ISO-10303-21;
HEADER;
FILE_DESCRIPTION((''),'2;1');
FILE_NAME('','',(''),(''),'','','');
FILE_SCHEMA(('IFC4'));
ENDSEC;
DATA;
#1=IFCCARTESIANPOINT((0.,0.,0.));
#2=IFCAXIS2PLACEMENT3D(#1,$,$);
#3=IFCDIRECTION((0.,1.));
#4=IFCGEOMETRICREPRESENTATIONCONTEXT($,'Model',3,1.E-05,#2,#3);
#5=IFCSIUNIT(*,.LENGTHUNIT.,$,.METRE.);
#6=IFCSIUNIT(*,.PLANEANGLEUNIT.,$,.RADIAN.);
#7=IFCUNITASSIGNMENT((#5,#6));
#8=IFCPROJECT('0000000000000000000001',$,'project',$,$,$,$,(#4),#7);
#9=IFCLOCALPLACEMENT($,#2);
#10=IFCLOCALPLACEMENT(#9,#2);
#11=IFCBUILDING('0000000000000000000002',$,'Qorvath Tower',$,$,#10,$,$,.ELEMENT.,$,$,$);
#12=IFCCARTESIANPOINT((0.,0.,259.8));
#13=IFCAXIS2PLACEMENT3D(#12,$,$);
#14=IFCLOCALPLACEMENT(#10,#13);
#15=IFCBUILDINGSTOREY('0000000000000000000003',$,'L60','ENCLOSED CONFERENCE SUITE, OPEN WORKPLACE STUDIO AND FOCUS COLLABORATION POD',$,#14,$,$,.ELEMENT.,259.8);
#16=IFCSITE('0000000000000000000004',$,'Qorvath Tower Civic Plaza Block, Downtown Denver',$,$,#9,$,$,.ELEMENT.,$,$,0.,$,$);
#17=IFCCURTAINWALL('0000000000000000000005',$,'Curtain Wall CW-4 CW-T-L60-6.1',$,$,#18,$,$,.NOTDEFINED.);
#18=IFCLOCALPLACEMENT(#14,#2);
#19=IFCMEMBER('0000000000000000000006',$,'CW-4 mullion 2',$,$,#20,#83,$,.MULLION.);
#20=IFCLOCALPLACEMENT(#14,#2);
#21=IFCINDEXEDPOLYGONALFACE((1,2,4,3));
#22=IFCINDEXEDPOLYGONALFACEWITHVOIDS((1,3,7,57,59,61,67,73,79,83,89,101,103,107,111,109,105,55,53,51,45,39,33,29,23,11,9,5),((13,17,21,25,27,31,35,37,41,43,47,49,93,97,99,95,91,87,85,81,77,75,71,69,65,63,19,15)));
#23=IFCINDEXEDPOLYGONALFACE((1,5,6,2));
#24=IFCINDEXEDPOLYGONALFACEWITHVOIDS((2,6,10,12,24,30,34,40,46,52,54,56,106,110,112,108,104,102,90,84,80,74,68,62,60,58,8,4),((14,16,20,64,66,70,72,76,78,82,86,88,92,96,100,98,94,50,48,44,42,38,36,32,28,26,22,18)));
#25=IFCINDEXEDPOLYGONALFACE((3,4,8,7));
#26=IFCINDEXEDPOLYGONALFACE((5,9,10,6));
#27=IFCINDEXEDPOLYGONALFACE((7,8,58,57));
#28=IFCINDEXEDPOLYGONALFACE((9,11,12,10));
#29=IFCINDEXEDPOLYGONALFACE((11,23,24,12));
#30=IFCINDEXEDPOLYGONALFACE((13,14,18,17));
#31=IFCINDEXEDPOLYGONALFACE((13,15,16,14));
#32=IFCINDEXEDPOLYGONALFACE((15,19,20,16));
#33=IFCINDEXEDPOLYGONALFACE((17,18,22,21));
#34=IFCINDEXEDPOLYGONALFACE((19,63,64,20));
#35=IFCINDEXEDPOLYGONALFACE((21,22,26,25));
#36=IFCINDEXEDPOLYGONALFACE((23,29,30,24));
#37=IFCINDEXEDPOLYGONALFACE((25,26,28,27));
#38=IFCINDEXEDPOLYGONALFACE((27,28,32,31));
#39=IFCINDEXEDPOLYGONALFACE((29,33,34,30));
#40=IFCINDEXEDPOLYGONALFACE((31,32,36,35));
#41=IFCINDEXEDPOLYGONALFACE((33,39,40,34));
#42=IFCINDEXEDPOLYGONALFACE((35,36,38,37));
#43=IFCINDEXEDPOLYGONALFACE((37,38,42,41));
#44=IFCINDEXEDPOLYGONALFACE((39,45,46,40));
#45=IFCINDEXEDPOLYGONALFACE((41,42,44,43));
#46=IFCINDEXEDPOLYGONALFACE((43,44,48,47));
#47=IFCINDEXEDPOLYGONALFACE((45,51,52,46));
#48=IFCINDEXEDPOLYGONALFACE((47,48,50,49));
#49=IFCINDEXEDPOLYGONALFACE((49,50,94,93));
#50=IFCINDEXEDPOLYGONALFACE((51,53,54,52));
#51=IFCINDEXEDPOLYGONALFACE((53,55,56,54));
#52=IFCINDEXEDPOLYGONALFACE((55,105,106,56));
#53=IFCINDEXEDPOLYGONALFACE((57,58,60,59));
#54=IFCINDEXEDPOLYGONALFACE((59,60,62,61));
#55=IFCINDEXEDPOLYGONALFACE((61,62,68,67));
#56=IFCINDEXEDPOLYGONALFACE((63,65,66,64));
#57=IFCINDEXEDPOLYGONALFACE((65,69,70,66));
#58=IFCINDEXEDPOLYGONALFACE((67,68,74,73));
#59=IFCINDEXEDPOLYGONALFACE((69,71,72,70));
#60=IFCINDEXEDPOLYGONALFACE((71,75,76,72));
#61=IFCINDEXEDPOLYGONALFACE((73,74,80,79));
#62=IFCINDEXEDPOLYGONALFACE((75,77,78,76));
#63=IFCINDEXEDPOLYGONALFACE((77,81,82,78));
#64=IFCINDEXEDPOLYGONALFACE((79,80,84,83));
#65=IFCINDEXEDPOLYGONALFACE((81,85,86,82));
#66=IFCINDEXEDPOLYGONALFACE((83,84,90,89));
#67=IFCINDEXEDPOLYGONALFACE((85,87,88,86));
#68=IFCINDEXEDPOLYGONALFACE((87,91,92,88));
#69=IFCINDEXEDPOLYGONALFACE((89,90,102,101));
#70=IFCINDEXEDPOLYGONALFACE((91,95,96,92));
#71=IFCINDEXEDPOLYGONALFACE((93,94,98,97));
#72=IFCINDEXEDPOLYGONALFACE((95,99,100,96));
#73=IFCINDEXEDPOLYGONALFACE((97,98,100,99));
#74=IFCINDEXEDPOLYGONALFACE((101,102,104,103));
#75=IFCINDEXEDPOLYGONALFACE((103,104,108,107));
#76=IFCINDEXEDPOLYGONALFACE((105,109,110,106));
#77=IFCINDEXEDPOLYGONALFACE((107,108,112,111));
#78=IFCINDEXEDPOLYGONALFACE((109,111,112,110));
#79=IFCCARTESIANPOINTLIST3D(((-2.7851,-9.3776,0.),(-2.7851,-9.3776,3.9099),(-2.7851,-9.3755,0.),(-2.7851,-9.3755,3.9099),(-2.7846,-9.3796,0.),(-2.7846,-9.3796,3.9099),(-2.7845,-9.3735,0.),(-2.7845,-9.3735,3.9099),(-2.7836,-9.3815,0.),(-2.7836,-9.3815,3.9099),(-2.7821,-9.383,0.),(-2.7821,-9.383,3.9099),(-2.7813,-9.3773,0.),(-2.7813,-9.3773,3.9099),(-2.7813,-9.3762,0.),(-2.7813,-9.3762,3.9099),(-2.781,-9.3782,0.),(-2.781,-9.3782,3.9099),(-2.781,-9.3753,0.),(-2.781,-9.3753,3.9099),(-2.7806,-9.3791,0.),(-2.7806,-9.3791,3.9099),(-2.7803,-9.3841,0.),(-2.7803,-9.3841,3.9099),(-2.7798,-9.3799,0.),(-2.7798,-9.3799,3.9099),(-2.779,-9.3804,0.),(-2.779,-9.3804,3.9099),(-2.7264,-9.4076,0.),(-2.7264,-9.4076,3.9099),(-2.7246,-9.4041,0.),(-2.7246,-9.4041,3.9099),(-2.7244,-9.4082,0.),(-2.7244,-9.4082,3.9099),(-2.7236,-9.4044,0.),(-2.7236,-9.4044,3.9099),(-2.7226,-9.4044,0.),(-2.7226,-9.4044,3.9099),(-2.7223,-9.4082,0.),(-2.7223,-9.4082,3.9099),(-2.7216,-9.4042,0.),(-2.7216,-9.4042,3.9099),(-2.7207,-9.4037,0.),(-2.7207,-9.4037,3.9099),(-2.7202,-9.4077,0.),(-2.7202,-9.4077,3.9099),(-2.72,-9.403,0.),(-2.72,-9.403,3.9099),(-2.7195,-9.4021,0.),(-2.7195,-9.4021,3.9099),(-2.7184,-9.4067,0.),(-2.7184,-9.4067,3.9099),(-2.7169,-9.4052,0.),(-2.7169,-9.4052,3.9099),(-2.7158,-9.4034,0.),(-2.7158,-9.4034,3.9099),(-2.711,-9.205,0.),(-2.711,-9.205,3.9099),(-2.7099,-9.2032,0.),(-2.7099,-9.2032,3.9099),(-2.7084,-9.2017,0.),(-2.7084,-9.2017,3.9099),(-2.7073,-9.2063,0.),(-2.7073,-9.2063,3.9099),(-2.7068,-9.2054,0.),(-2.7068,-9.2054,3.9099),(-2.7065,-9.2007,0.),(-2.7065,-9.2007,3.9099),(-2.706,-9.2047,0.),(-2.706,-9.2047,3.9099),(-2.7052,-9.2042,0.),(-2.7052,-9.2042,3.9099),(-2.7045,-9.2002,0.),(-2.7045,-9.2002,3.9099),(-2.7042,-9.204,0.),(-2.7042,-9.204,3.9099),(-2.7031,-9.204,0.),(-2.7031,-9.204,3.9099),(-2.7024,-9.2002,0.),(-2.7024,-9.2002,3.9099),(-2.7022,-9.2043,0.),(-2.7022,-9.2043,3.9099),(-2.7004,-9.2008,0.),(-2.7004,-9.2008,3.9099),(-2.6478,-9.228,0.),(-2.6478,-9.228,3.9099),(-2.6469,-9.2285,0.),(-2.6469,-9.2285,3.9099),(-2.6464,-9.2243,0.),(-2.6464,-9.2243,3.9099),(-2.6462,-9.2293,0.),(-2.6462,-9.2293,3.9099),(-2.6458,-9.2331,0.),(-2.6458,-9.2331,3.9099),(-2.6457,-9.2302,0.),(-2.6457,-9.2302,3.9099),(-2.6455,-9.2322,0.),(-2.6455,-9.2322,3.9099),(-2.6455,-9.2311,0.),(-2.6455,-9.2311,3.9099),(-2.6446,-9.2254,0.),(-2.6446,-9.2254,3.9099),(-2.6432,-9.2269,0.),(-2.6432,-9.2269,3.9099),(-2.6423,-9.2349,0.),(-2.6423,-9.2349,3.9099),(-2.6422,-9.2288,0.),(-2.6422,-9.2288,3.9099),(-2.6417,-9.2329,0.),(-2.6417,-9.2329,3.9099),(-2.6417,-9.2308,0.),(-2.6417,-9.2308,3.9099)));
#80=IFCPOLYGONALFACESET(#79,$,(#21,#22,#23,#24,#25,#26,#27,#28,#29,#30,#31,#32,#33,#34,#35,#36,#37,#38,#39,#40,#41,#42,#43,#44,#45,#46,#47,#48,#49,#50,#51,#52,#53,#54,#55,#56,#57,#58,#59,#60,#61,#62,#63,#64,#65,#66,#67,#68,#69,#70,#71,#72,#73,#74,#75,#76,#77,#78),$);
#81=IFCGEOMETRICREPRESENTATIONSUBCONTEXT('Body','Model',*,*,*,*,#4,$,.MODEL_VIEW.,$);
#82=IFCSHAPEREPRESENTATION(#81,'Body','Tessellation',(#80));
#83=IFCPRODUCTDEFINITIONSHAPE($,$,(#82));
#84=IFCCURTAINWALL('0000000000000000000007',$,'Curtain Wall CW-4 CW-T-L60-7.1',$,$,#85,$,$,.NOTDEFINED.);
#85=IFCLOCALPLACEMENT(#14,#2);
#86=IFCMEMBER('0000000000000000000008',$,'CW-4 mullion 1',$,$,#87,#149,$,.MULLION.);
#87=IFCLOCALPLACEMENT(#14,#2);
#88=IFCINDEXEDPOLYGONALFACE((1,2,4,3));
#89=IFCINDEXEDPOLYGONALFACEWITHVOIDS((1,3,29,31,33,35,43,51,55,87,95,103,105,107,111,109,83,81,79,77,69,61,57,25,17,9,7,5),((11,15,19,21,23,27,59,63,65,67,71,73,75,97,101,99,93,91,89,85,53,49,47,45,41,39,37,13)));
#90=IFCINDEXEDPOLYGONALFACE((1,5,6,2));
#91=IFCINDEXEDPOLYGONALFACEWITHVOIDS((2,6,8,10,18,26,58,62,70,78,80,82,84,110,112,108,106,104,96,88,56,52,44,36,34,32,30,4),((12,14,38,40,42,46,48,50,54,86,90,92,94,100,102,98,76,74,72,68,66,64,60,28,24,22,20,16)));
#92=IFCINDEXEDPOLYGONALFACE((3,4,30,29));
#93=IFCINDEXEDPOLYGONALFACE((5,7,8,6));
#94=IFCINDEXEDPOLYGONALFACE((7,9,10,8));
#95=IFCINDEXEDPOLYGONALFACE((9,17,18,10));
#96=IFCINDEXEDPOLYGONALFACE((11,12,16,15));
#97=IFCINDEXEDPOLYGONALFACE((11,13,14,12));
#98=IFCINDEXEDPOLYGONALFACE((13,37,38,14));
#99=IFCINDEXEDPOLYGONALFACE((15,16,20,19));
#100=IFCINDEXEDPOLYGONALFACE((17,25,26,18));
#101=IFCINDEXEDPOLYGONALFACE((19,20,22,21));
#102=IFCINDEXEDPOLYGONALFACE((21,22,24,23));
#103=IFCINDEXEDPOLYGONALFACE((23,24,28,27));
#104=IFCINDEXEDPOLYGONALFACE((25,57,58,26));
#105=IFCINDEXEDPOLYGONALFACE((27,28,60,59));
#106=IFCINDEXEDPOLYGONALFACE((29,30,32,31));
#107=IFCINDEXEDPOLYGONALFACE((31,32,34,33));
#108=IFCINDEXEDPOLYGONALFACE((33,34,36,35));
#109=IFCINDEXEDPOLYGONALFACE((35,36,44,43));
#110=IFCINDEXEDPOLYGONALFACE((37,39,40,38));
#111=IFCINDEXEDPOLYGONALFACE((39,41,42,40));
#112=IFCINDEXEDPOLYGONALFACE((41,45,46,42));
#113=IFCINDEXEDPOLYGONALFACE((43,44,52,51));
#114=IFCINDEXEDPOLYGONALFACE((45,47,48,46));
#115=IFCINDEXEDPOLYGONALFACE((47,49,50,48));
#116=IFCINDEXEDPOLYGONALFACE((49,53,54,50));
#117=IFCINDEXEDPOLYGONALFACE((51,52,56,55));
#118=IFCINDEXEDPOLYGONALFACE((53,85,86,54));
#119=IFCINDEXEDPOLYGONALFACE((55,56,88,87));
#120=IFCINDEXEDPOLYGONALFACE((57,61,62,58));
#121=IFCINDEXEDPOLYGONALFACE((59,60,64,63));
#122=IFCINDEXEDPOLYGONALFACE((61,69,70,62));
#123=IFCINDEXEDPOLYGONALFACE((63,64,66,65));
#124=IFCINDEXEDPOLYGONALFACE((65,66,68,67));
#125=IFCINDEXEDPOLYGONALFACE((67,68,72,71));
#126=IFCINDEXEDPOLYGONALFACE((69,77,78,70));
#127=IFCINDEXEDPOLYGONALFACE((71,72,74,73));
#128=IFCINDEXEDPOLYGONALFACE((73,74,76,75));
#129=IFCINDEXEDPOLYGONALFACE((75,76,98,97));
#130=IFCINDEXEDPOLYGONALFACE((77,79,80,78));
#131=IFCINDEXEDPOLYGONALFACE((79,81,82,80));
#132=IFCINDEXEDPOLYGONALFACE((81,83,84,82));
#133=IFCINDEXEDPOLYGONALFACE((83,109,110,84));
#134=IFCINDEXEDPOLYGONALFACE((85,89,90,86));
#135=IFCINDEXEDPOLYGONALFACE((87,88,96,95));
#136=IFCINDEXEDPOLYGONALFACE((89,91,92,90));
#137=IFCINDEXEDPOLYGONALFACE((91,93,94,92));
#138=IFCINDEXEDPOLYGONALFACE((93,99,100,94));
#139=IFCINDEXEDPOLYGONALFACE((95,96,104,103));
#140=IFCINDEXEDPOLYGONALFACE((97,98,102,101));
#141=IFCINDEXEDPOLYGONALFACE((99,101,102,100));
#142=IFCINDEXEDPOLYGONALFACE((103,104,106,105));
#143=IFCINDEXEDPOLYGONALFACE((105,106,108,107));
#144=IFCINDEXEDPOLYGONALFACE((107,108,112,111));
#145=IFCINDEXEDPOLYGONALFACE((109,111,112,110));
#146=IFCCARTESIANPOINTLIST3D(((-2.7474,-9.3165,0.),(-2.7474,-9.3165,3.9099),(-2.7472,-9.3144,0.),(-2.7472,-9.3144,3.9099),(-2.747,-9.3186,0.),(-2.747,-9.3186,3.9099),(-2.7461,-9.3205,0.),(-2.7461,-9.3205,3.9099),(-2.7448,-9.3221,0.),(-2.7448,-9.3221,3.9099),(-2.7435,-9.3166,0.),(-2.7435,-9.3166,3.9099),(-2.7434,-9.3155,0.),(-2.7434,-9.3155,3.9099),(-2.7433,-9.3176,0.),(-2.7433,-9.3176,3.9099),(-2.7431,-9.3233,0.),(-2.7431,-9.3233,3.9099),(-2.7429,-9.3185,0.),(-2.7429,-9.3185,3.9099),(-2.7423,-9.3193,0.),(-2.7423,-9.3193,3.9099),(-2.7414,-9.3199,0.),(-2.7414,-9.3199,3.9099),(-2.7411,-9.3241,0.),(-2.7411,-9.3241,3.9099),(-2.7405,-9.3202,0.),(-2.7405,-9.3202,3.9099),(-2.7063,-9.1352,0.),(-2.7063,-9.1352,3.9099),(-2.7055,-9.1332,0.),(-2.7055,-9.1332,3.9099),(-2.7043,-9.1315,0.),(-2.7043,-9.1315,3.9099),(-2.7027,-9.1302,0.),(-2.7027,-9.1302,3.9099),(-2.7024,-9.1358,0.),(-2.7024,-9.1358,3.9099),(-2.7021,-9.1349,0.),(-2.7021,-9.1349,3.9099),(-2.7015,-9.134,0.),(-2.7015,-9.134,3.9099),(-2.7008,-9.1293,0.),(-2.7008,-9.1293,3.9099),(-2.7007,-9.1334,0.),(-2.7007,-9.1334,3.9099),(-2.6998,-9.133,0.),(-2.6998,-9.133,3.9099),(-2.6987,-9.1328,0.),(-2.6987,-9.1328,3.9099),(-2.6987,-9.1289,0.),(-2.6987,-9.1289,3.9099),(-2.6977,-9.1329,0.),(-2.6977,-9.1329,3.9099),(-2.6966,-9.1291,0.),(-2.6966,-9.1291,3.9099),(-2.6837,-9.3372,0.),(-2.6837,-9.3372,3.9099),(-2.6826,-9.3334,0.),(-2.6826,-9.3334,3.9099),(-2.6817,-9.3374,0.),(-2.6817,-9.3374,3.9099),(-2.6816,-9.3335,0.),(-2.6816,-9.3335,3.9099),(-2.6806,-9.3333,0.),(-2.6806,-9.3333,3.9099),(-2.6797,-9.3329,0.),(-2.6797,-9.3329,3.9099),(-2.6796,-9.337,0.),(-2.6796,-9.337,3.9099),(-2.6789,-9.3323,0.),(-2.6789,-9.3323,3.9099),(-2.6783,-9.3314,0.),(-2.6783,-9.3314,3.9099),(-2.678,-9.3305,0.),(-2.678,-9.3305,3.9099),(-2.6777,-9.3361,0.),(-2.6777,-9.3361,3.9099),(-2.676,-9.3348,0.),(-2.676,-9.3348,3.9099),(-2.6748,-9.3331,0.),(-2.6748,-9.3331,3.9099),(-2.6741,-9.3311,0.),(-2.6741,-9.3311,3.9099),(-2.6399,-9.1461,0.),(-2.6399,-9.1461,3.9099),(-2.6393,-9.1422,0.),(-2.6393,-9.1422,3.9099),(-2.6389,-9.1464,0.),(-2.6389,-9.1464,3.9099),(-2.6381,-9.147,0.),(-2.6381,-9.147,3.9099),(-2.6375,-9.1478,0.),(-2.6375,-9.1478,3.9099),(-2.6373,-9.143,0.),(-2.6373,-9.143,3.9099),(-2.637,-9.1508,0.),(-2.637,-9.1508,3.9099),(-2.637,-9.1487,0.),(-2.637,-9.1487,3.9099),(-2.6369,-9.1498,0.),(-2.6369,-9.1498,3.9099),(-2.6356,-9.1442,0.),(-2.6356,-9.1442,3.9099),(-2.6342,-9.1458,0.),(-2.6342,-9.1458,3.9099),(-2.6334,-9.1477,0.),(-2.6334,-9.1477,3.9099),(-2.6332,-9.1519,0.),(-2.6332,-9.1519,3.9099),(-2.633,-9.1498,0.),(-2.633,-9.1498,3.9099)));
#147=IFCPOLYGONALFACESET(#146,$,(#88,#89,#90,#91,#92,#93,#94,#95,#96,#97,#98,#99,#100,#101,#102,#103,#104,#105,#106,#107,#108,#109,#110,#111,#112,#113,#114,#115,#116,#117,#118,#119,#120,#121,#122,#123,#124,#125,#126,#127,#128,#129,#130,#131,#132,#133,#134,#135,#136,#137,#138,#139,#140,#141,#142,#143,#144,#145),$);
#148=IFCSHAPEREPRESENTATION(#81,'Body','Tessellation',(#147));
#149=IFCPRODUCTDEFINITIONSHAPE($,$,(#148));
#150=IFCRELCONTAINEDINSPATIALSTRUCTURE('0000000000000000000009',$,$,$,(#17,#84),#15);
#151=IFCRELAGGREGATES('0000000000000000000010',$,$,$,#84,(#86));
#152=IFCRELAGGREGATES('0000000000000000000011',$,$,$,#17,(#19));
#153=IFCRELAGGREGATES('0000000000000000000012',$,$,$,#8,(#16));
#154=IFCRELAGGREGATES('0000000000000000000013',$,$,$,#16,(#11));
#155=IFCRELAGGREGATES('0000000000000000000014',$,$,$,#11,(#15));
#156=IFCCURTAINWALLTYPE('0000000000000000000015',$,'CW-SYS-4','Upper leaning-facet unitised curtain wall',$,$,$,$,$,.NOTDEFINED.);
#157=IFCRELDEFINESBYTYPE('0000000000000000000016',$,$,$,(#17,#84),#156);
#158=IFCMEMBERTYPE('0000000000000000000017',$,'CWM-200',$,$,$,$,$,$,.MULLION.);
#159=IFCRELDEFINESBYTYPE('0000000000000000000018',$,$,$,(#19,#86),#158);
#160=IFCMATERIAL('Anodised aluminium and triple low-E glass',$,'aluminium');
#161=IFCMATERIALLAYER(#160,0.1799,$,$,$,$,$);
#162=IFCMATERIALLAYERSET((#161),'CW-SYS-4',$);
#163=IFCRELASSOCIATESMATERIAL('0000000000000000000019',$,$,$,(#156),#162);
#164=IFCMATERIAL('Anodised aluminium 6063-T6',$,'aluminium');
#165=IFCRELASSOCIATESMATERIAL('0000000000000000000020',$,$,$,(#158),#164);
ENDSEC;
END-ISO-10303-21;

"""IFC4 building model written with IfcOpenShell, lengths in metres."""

from ifc_helpers import new_model, si_unit, direction, frame, origin, origin_2d, place, context, subcontext, project, spatial, hollow_rectangle, extrude, material, layer, layer_set, material_profile, profile_set, type_object, element, aggregate, save


model = new_model("IFC4")

# Units and contexts
model_context = context("Model", 3, precision=1e-05, world=origin(), true_north=direction((0.0, 1.0)))
body_context = subcontext(model_context, "Body", "Model", "MODEL_VIEW")
ifc_project = project(units=[si_unit("LENGTHUNIT", "METRE"), si_unit("PLANEANGLEUNIT", "RADIAN")], contexts=[model_context])

# Site, building, storey
site_placement = place(None, origin())
site = spatial("IfcSite", under=ifc_project, at=site_placement, Name="Qorvath Tower Civic Plaza Block, Downtown Denver", CompositionType="ELEMENT", RefElevation=0.0)
building_placement = place(site_placement, origin())
building = spatial("IfcBuilding", under=site, at=building_placement, Name="Qorvath Tower", CompositionType="ELEMENT")
storey_placement = place(building_placement, frame((0.0, 0.0, 259.8)))
storey = spatial("IfcBuildingStorey", under=building, at=storey_placement, Name="L60", Description="ENCLOSED CONFERENCE SUITE, OPEN WORKPLACE STUDIO AND FOCUS COLLABORATION POD", CompositionType="ELEMENT", Elevation=259.8)

# Shared definitions
ifc_material_1 = material(Name="Anodised aluminium and triple low-E glass", Category="aluminium")
ifc_layer_1 = layer(ifc_material_1, 0.1799)
ifc_layer_set_1 = layer_set([ifc_layer_1], Name="CW-SYS-4")
curtain_wall_type = type_object("IfcCurtainWallType", Name="CW-SYS-4", Description="Upper leaning-facet unitised curtain wall", PredefinedType="NOTDEFINED", material=ifc_layer_set_1)
ifc_material_2 = material(Name="Anodised aluminium 6063-T6", Category="aluminium")
ifc_material_profile_1 = material_profile(ifc_material_2, hollow_rectangle(XDim=0.075, YDim=0.2, WallThickness=0.0039, InnerFilletRadius=0.0039, OuterFilletRadius=0.0081, at=origin_2d()), Name="CWM 200x75")
ifc_profile_set_1 = profile_set([ifc_material_profile_1], Name="Anodised aluminium 6063-T6")
member_type_1 = type_object("IfcMemberType", Name="CWM-200", PredefinedType="MULLION", material=ifc_profile_set_1)

# Curtain wall, member
curtain_wall_1_placement = place(storey_placement, origin())
curtain_wall_1 = element("IfcCurtainWall", 1, at=curtain_wall_1_placement, inside=storey, type_object=curtain_wall_type, Name="Curtain Wall CW-4 CW-T-L60-6.1", PredefinedType="NOTDEFINED")
member_1_placement = place(storey_placement, frame((-2.7134, -9.3042, 0.0), z_axis=(0.0, 0.0, 1.0), x_axis=(-0.916612, 0.399777, 0.0)))
member_1 = element("IfcMember", 2, at=member_1_placement, type_object=member_type_1, Name="CW-4 mullion 2", PredefinedType="MULLION", context=body_context, shape_type="SweptSolid", body=[
    extrude(hollow_rectangle(XDim=0.075, YDim=0.2, WallThickness=0.0039, InnerFilletRadius=0.0039, OuterFilletRadius=0.0081, at=origin_2d()), origin(), (0.0, 0.0, 1.0), 3.9099),
])

# Curtain wall, member
curtain_wall_2_placement = place(storey_placement, origin())
curtain_wall_2 = element("IfcCurtainWall", 3, at=curtain_wall_2_placement, inside=storey, type_object=curtain_wall_type, Name="Curtain Wall CW-4 CW-T-L60-7.1", PredefinedType="NOTDEFINED")
member_2_placement = place(storey_placement, frame((-2.6902, -9.2332, 0.0), z_axis=(0.0, 0.0, 1.0), x_axis=(-0.974942, 0.222459, 0.0)))
member_2 = element("IfcMember", 4, at=member_2_placement, type_object=member_type_1, Name="CW-4 mullion 1", PredefinedType="MULLION", context=body_context, shape_type="SweptSolid", body=[
    extrude(hollow_rectangle(XDim=0.075, YDim=0.2, WallThickness=0.0039, InnerFilletRadius=0.0039, OuterFilletRadius=0.0081, at=origin_2d()), origin(), (0.0, 0.0, 1.0), 3.9099),
])

aggregate(curtain_wall_2, [member_2])

aggregate(curtain_wall_1, [member_1])

save(model, "model.ifc")
